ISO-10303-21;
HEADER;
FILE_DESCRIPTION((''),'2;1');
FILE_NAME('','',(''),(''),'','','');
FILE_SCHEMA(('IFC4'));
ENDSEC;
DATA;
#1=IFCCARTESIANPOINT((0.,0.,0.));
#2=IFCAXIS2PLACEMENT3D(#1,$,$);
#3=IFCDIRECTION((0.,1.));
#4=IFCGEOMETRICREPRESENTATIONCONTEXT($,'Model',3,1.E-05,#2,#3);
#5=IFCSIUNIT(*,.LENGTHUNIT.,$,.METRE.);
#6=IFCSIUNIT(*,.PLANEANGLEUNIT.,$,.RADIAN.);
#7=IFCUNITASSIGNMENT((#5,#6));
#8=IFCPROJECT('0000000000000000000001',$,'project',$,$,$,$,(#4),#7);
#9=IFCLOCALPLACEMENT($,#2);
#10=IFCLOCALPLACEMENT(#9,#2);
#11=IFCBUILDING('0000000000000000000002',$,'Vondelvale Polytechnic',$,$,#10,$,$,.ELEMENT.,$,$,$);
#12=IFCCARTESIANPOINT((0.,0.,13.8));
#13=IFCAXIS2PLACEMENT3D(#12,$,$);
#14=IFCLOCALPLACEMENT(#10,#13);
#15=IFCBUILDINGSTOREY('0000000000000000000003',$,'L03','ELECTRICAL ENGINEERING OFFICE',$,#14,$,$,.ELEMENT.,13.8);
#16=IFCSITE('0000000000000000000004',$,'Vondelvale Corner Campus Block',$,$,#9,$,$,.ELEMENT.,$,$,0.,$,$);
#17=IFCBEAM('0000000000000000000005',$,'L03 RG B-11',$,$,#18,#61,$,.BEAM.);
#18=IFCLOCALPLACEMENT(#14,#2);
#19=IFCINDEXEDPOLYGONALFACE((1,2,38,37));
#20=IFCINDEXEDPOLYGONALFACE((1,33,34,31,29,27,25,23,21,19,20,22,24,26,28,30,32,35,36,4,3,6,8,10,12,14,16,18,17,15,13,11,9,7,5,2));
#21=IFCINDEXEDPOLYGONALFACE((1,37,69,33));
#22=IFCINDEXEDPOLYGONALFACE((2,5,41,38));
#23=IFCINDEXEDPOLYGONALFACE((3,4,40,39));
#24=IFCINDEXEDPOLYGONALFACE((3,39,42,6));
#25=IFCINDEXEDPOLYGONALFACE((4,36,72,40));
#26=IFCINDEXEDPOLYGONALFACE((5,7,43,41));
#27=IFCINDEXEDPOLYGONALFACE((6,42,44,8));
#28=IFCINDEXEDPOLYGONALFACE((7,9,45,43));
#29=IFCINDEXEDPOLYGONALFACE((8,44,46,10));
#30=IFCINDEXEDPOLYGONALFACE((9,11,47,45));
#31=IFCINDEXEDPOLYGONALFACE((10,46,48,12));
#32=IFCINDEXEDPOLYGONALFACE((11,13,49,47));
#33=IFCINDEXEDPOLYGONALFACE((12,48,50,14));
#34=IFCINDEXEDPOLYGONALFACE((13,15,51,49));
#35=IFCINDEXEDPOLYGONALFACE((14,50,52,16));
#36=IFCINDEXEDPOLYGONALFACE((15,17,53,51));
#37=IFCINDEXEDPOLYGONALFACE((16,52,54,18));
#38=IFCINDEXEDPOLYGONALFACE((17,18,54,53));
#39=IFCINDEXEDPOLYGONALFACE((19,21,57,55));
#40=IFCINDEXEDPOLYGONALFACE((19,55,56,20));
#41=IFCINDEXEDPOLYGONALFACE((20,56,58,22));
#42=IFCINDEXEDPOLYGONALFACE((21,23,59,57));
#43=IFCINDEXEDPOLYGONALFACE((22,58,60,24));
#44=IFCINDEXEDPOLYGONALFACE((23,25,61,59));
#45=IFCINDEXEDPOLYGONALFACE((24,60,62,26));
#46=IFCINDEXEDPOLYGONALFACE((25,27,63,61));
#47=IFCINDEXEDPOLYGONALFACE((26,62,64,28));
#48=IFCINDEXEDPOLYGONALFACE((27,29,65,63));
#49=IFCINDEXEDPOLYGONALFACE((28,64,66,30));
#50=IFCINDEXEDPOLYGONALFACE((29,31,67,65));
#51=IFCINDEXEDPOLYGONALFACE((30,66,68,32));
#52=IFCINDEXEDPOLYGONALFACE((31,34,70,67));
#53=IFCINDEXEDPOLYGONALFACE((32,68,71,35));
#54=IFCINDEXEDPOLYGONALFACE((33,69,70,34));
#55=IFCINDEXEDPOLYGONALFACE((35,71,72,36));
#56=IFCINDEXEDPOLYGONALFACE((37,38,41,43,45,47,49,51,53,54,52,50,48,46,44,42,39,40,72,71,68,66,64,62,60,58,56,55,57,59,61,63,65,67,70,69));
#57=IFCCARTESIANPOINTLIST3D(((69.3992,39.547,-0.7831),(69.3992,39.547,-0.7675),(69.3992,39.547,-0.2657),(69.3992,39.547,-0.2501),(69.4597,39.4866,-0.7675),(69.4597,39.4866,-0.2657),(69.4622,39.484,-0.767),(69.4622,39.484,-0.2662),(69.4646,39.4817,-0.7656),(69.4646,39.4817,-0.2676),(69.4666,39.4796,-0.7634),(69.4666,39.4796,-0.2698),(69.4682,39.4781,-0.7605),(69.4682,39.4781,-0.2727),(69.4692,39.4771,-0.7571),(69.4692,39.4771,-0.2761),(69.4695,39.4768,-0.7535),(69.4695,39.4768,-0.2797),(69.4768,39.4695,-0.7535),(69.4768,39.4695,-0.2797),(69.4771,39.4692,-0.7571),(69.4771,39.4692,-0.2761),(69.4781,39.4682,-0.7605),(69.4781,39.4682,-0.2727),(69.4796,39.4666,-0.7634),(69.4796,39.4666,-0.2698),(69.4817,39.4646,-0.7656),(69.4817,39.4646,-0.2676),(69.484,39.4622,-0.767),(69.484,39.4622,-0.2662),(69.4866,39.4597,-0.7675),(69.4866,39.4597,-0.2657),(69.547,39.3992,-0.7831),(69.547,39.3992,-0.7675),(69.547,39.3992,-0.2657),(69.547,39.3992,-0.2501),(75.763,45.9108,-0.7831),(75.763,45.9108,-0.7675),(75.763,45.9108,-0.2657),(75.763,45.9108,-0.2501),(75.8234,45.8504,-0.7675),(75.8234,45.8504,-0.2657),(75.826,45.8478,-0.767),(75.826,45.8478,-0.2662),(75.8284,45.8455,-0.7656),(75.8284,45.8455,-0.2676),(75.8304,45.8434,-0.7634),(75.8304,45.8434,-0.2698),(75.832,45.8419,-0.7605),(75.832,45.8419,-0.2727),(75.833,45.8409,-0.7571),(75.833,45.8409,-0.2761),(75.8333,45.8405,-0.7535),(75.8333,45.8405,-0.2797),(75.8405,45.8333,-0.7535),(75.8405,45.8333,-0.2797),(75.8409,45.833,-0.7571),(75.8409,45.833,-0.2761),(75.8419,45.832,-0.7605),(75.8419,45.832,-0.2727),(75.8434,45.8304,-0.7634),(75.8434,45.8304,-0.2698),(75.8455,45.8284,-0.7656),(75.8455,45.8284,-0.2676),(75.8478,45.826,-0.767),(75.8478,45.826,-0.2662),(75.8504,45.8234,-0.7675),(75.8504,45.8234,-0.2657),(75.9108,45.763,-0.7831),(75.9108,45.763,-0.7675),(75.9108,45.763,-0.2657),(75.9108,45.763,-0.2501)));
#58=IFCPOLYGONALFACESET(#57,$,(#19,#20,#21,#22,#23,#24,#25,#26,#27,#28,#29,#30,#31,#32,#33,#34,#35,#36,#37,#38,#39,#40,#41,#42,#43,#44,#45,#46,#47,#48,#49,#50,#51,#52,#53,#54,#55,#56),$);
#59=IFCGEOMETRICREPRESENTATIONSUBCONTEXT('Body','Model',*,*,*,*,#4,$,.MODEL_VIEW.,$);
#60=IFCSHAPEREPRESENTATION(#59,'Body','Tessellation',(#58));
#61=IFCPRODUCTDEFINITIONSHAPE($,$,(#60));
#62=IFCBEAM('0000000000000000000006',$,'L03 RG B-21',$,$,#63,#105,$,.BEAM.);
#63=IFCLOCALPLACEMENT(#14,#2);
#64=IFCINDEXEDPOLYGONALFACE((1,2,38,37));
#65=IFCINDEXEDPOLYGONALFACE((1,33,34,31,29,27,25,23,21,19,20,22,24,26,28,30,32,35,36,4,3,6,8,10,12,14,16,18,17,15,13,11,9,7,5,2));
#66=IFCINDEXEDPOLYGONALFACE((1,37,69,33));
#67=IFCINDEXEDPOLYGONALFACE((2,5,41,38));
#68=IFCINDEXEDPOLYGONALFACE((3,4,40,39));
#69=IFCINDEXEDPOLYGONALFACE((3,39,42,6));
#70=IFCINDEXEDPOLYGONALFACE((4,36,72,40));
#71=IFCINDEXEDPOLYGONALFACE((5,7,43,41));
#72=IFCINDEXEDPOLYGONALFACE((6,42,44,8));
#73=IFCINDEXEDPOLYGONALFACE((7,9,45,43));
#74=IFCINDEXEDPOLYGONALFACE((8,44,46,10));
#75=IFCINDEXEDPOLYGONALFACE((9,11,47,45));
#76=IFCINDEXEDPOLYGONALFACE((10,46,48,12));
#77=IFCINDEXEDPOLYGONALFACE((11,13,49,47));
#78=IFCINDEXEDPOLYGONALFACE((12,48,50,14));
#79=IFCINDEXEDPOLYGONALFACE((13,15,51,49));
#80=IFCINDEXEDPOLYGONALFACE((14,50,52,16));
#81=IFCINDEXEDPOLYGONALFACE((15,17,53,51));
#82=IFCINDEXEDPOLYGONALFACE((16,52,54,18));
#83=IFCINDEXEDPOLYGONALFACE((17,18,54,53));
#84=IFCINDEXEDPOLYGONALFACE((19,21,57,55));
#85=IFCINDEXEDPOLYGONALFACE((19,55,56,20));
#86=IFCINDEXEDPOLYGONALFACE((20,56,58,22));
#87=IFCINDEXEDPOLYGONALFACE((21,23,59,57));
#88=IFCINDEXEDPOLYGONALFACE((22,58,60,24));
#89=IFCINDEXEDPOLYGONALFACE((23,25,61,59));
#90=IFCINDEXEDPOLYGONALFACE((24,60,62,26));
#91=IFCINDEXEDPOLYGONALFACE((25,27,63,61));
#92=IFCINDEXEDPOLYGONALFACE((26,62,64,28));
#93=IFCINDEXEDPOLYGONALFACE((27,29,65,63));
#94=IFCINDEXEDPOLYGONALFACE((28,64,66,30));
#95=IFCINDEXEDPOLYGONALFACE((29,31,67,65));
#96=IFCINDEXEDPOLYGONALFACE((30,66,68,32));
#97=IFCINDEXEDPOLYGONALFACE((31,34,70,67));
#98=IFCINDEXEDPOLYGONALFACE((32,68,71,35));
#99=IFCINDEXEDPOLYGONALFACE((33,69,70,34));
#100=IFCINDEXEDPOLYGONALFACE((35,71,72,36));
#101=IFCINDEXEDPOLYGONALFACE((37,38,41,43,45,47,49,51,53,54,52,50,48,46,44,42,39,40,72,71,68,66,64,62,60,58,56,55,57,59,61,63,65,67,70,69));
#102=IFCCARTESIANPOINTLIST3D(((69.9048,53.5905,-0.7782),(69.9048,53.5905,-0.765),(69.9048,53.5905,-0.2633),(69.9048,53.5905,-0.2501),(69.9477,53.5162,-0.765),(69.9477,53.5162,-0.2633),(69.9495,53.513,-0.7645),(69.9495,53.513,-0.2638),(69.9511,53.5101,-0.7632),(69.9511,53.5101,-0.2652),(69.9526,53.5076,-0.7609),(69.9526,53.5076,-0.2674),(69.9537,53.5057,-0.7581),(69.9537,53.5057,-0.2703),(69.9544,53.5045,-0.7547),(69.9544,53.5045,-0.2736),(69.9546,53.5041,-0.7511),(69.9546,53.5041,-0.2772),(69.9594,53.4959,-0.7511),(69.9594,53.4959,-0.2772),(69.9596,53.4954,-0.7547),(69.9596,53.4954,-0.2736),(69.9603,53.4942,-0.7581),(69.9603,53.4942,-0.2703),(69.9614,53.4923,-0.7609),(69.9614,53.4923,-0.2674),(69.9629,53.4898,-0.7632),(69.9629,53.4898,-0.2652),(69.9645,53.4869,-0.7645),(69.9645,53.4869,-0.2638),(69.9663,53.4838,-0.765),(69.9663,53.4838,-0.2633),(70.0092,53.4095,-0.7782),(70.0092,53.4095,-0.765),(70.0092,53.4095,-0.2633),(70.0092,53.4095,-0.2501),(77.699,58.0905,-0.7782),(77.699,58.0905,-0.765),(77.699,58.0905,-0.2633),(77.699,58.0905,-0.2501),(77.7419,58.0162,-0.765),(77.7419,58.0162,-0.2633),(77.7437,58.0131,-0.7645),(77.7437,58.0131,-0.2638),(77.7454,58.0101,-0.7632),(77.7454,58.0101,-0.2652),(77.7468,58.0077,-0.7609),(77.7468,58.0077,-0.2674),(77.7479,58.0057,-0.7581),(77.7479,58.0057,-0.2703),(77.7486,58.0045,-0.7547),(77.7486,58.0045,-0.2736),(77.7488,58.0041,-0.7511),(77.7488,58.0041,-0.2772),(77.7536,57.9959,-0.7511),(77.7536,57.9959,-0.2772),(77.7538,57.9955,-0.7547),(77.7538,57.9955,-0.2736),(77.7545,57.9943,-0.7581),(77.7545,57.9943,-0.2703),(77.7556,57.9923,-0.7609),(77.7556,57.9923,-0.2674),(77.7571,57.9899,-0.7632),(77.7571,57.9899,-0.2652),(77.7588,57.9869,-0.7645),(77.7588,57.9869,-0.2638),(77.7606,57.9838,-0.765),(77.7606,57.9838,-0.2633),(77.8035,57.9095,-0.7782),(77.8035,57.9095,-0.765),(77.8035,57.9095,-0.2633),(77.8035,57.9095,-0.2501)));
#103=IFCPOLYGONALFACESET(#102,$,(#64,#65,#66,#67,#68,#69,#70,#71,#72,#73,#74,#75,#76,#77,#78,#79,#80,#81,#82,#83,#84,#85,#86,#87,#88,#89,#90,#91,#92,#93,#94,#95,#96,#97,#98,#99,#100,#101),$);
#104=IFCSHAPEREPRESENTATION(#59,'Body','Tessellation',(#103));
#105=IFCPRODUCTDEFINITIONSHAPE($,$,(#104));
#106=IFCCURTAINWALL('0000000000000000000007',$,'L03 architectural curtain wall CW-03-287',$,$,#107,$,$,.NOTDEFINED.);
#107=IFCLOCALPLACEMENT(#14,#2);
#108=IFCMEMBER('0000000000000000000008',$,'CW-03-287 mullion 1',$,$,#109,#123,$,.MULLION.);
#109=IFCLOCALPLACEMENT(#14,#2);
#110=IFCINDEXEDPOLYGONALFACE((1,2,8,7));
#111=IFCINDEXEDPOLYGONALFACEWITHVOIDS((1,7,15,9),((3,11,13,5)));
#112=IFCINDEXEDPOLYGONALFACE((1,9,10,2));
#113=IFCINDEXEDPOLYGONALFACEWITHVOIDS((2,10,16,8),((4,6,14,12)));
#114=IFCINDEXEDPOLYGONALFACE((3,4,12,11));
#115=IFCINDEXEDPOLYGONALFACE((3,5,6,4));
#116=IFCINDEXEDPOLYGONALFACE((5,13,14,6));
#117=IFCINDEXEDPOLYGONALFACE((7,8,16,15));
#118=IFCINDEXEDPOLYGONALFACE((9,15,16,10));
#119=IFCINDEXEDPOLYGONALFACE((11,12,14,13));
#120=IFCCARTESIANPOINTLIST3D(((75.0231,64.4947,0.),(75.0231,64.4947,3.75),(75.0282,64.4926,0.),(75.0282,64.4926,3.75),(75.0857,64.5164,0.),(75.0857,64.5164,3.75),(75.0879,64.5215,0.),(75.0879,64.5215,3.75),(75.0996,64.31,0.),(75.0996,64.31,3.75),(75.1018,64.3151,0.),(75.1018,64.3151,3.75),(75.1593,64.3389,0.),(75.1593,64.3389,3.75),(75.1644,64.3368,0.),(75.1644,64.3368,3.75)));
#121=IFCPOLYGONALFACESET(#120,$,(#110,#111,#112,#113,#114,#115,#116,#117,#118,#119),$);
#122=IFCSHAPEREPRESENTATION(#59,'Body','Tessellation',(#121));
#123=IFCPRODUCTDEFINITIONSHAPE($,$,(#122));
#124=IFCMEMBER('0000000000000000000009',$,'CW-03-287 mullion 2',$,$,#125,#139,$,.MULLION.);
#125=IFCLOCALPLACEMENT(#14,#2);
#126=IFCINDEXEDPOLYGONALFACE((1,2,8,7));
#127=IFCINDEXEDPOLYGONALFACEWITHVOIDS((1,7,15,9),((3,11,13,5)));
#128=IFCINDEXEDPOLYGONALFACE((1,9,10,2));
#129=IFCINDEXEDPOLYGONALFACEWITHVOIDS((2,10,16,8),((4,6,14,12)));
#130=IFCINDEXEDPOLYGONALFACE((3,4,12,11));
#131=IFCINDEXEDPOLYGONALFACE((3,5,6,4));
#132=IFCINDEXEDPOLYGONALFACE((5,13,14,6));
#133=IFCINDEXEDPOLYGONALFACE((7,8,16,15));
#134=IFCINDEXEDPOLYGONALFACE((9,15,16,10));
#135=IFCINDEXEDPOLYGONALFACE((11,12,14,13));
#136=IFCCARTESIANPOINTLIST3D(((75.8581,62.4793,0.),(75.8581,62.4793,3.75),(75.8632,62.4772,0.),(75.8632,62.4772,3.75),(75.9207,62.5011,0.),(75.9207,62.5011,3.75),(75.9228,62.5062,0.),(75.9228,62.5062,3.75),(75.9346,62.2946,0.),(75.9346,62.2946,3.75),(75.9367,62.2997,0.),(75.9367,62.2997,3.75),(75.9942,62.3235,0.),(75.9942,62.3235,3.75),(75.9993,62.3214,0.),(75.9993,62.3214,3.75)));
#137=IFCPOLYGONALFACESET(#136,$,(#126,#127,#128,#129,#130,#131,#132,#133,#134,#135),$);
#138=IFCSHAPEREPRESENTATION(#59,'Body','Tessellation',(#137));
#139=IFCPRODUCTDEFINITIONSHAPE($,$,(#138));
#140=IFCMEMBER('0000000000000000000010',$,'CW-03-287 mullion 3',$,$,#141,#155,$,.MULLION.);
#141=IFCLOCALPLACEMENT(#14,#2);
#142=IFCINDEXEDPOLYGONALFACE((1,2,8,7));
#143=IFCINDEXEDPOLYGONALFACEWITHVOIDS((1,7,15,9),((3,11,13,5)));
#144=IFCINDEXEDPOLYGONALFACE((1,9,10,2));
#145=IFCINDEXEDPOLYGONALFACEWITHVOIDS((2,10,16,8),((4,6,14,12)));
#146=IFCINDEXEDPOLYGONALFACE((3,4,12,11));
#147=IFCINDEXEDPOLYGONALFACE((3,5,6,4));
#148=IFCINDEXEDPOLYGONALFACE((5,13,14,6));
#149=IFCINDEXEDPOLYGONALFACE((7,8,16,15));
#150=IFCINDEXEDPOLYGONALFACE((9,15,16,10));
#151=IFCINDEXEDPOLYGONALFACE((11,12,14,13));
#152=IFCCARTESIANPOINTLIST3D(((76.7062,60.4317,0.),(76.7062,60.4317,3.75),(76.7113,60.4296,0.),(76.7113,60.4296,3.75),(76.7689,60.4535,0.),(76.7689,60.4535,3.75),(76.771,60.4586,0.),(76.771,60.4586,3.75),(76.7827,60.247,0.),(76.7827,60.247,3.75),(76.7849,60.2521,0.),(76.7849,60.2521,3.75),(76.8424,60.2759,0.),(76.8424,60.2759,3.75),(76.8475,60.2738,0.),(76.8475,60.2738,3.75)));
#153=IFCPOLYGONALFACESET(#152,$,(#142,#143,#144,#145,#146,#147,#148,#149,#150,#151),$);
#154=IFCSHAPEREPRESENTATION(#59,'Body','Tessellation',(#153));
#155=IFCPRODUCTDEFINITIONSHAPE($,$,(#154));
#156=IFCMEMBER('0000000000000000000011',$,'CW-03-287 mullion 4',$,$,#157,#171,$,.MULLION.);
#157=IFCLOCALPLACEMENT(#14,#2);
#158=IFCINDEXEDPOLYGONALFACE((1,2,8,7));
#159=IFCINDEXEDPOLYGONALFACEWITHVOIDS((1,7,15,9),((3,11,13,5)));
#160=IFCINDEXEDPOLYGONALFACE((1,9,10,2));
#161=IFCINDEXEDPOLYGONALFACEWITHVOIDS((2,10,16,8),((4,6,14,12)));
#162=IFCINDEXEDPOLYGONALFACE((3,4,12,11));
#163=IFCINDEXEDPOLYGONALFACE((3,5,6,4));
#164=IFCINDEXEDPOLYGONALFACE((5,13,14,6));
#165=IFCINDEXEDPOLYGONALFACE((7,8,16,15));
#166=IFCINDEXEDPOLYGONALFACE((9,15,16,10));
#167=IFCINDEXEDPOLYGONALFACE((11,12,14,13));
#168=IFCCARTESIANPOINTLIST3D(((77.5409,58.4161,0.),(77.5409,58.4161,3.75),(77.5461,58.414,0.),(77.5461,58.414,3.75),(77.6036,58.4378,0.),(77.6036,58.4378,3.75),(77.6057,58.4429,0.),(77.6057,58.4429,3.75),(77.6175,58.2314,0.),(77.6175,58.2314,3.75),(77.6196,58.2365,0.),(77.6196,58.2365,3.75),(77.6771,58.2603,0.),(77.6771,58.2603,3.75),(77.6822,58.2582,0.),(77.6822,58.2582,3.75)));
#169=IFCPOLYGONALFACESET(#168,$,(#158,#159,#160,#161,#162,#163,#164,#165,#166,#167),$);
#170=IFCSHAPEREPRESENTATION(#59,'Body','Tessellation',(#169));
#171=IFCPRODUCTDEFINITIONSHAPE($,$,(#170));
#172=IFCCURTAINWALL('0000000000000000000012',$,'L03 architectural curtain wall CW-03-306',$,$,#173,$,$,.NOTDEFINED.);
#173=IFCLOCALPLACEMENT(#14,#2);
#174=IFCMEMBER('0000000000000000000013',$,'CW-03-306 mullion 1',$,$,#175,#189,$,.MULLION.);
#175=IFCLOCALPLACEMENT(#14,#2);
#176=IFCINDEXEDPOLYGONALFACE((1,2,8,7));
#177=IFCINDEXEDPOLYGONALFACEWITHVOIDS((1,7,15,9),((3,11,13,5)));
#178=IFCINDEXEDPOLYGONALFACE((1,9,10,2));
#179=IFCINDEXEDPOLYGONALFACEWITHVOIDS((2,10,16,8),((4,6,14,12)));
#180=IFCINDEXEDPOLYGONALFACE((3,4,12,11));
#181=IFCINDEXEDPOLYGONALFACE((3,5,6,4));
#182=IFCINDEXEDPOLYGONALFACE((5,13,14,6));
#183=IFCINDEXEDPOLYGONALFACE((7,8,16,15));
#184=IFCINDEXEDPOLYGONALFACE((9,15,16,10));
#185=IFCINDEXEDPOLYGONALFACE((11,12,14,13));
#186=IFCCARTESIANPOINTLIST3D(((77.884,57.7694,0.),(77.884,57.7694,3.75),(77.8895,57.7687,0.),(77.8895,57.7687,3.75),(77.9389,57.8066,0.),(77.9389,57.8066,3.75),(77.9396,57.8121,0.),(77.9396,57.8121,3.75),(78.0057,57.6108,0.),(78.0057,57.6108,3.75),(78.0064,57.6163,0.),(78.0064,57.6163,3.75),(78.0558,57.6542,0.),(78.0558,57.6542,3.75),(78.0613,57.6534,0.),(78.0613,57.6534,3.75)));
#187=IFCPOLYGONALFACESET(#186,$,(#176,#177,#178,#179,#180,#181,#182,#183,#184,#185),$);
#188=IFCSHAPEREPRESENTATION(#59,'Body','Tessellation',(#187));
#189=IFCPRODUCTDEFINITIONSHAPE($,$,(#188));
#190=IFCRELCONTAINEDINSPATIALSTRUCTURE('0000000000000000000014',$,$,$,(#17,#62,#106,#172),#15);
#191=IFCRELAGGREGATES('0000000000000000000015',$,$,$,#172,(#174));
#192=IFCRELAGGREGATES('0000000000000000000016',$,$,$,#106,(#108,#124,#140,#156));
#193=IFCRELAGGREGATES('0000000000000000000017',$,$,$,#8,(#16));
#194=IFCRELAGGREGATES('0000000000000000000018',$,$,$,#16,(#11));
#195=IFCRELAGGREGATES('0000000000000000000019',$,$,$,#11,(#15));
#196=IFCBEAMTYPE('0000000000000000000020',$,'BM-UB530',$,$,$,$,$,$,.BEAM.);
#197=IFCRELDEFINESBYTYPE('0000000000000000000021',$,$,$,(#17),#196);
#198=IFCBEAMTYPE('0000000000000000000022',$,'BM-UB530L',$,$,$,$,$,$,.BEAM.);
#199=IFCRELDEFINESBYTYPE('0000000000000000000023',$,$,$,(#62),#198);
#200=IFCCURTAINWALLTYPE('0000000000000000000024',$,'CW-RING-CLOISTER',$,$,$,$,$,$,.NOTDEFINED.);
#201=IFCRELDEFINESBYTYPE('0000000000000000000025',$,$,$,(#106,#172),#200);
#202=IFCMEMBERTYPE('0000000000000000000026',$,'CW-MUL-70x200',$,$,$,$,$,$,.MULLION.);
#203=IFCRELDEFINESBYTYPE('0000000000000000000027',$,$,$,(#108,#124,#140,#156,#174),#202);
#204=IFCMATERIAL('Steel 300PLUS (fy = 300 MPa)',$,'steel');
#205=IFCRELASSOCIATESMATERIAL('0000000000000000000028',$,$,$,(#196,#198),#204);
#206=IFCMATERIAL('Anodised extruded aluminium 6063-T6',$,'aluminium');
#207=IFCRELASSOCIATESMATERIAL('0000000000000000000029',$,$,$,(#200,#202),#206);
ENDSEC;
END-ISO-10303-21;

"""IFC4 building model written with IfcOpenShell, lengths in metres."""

from ifc_helpers import new_model, si_unit, direction, frame, origin, origin_2d, place, context, subcontext, project, spatial, hollow_rectangle, i_section, extrude, material, material_profile, profile_set, type_object, element, aggregate, save


model = new_model("IFC4")

# Units and contexts
model_context = context("Model", 3, precision=1e-05, world=origin(), true_north=direction((0.0, 1.0)))
body_context = subcontext(model_context, "Body", "Model", "MODEL_VIEW")
ifc_project = project(units=[si_unit("LENGTHUNIT", "METRE"), si_unit("PLANEANGLEUNIT", "RADIAN")], contexts=[model_context])

# Site, building, storey
site_placement = place(None, origin())
site = spatial("IfcSite", under=ifc_project, at=site_placement, Name="Vondelvale Corner Campus Block", CompositionType="ELEMENT", RefElevation=0.0)
building_placement = place(site_placement, origin())
building = spatial("IfcBuilding", under=site, at=building_placement, Name="Vondelvale Polytechnic", CompositionType="ELEMENT")
storey_placement = place(building_placement, frame((0.0, 0.0, 13.8)))
storey = spatial("IfcBuildingStorey", under=building, at=storey_placement, Name="L03", Description="ELECTRICAL ENGINEERING OFFICE", CompositionType="ELEMENT", Elevation=13.8)

# Shared definitions
ifc_material_1 = material(Name="Steel 300PLUS (fy = 300 MPa)", Category="steel")

# Beams
ifc_material_profile_1 = material_profile(ifc_material_1, i_section(OverallWidth=0.209, OverallDepth=0.533, WebThickness=0.0103, FlangeThickness=0.0156, FilletRadius=0.0139, at=origin_2d()), Name="530UB92.4")
ifc_profile_set_1 = profile_set([ifc_material_profile_1], Name="Steel 300PLUS (fy = 300 MPa)")
beam_type_1 = type_object("IfcBeamType", Name="BM-UB530", PredefinedType="BEAM", material=ifc_profile_set_1)
beam_1_placement = place(storey_placement, frame((75.8369, 45.8369, -0.5166), z_axis=(-0.707107, -0.707107, 0.0), x_axis=(0.707107, -0.707107, 0.0)))
element("IfcBeam", 1, at=beam_1_placement, inside=storey, type_object=beam_type_1, Name="L03 RG B-11", PredefinedType="BEAM", context=body_context, shape_type="SweptSolid", body=[
    extrude(i_section(OverallWidth=0.209, OverallDepth=0.533, WebThickness=0.0103, FlangeThickness=0.0156, FilletRadius=0.0139, at=origin_2d()), origin(), (0.0, 0.0, 1.0), 8.9998),
])
ifc_material_profile_2 = material_profile(ifc_material_1, i_section(OverallWidth=0.209, OverallDepth=0.5281, WebThickness=0.0095, FlangeThickness=0.0132, FilletRadius=0.0139, at=origin_2d()), Name="530UB82.0")
ifc_profile_set_2 = profile_set([ifc_material_profile_2], Name="Steel 300PLUS (fy = 300 MPa)")
beam_type_2 = type_object("IfcBeamType", Name="BM-UB530L", PredefinedType="BEAM", material=ifc_profile_set_2)
beam_2_placement = place(storey_placement, frame((77.7512, 58.0, -0.5142), z_axis=(-0.866024, -0.500002, 0.0), x_axis=(0.500002, -0.866024, 0.0)))
element("IfcBeam", 2, at=beam_2_placement, inside=storey, type_object=beam_type_2, Name="L03 RG B-21", PredefinedType="BEAM", context=body_context, shape_type="SweptSolid", body=[
    extrude(i_section(OverallWidth=0.209, OverallDepth=0.5281, WebThickness=0.0095, FlangeThickness=0.0132, FilletRadius=0.0139, at=origin_2d()), origin(), (0.0, 0.0, 1.0), 9.0),
])

# Curtain wall, members
ifc_material_2 = material(Name="Anodised extruded aluminium 6063-T6", Category="aluminium")
curtain_wall_type = type_object("IfcCurtainWallType", Name="CW-RING-CLOISTER", PredefinedType="NOTDEFINED", material=ifc_material_2)
curtain_wall_1_placement = place(storey_placement, origin())
curtain_wall_1 = element("IfcCurtainWall", 3, at=curtain_wall_1_placement, inside=storey, type_object=curtain_wall_type, Name="L03 architectural curtain wall CW-03-287", PredefinedType="NOTDEFINED")
ifc_material_profile_3 = material_profile(ifc_material_2, hollow_rectangle(XDim=0.0701, YDim=0.2, WallThickness=0.0039, at=origin_2d()), Name="CW-MUL-200x70")
ifc_profile_set_3 = profile_set([ifc_material_profile_3], Name="Anodised extruded aluminium 6063-T6")
member_type_1 = type_object("IfcMemberType", Name="CW-MUL-70x200", PredefinedType="MULLION", material=ifc_profile_set_3)
member_1_placement = place(storey_placement, frame((75.0938, 64.4158, 0.0), z_axis=(0.0, 0.0, 1.0), x_axis=(0.923882, 0.382679, 0.0)))
member_1 = element("IfcMember", 4, at=member_1_placement, type_object=member_type_1, Name="CW-03-287 mullion 1", PredefinedType="MULLION", context=body_context, shape_type="SweptSolid", body=[
    extrude(hollow_rectangle(XDim=0.0701, YDim=0.2, WallThickness=0.0039, at=origin_2d()), origin(), (0.0, 0.0, 1.0), 3.75),
])
member_2_placement = place(storey_placement, frame((75.9287, 62.4004, 0.0), z_axis=(0.0, 0.0, 1.0), x_axis=(0.923882, 0.382679, 0.0)))
member_2 = element("IfcMember", 5, at=member_2_placement, type_object=member_type_1, Name="CW-03-287 mullion 2", PredefinedType="MULLION", context=body_context, shape_type="SweptSolid", body=[
    extrude(hollow_rectangle(XDim=0.0701, YDim=0.2, WallThickness=0.0039, at=origin_2d()), origin(), (0.0, 0.0, 1.0), 3.75),
])
member_3_placement = place(storey_placement, frame((76.7769, 60.3528, 0.0), z_axis=(0.0, 0.0, 1.0), x_axis=(0.923882, 0.382679, 0.0)))
member_3 = element("IfcMember", 6, at=member_3_placement, type_object=member_type_1, Name="CW-03-287 mullion 3", PredefinedType="MULLION", context=body_context, shape_type="SweptSolid", body=[
    extrude(hollow_rectangle(XDim=0.0701, YDim=0.2, WallThickness=0.0039, at=origin_2d()), origin(), (0.0, 0.0, 1.0), 3.75),
])
member_4_placement = place(storey_placement, frame((77.6116, 58.3372, 0.0), z_axis=(0.0, 0.0, 1.0), x_axis=(0.923882, 0.382679, 0.0)))
member_4 = element("IfcMember", 7, at=member_4_placement, type_object=member_type_1, Name="CW-03-287 mullion 4", PredefinedType="MULLION", context=body_context, shape_type="SweptSolid", body=[
    extrude(hollow_rectangle(XDim=0.0701, YDim=0.2, WallThickness=0.0039, at=origin_2d()), origin(), (0.0, 0.0, 1.0), 3.75),
])

# Curtain wall, member
curtain_wall_2_placement = place(storey_placement, origin())
curtain_wall_2 = element("IfcCurtainWall", 8, at=curtain_wall_2_placement, inside=storey, type_object=curtain_wall_type, Name="L03 architectural curtain wall CW-03-306", PredefinedType="NOTDEFINED")
member_5_placement = place(storey_placement, frame((77.9727, 57.7114, 0.0), z_axis=(0.0, 0.0, 1.0), x_axis=(0.793364, 0.608748, 0.0)))
member_5 = element("IfcMember", 9, at=member_5_placement, type_object=member_type_1, Name="CW-03-306 mullion 1", PredefinedType="MULLION", context=body_context, shape_type="SweptSolid", body=[
    extrude(hollow_rectangle(XDim=0.0701, YDim=0.2, WallThickness=0.0039, at=origin_2d()), origin(), (0.0, 0.0, 1.0), 3.75),
])

aggregate(curtain_wall_2, [member_5])

aggregate(curtain_wall_1, [member_1, member_2, member_3, member_4])

save(model, "model.ifc")
